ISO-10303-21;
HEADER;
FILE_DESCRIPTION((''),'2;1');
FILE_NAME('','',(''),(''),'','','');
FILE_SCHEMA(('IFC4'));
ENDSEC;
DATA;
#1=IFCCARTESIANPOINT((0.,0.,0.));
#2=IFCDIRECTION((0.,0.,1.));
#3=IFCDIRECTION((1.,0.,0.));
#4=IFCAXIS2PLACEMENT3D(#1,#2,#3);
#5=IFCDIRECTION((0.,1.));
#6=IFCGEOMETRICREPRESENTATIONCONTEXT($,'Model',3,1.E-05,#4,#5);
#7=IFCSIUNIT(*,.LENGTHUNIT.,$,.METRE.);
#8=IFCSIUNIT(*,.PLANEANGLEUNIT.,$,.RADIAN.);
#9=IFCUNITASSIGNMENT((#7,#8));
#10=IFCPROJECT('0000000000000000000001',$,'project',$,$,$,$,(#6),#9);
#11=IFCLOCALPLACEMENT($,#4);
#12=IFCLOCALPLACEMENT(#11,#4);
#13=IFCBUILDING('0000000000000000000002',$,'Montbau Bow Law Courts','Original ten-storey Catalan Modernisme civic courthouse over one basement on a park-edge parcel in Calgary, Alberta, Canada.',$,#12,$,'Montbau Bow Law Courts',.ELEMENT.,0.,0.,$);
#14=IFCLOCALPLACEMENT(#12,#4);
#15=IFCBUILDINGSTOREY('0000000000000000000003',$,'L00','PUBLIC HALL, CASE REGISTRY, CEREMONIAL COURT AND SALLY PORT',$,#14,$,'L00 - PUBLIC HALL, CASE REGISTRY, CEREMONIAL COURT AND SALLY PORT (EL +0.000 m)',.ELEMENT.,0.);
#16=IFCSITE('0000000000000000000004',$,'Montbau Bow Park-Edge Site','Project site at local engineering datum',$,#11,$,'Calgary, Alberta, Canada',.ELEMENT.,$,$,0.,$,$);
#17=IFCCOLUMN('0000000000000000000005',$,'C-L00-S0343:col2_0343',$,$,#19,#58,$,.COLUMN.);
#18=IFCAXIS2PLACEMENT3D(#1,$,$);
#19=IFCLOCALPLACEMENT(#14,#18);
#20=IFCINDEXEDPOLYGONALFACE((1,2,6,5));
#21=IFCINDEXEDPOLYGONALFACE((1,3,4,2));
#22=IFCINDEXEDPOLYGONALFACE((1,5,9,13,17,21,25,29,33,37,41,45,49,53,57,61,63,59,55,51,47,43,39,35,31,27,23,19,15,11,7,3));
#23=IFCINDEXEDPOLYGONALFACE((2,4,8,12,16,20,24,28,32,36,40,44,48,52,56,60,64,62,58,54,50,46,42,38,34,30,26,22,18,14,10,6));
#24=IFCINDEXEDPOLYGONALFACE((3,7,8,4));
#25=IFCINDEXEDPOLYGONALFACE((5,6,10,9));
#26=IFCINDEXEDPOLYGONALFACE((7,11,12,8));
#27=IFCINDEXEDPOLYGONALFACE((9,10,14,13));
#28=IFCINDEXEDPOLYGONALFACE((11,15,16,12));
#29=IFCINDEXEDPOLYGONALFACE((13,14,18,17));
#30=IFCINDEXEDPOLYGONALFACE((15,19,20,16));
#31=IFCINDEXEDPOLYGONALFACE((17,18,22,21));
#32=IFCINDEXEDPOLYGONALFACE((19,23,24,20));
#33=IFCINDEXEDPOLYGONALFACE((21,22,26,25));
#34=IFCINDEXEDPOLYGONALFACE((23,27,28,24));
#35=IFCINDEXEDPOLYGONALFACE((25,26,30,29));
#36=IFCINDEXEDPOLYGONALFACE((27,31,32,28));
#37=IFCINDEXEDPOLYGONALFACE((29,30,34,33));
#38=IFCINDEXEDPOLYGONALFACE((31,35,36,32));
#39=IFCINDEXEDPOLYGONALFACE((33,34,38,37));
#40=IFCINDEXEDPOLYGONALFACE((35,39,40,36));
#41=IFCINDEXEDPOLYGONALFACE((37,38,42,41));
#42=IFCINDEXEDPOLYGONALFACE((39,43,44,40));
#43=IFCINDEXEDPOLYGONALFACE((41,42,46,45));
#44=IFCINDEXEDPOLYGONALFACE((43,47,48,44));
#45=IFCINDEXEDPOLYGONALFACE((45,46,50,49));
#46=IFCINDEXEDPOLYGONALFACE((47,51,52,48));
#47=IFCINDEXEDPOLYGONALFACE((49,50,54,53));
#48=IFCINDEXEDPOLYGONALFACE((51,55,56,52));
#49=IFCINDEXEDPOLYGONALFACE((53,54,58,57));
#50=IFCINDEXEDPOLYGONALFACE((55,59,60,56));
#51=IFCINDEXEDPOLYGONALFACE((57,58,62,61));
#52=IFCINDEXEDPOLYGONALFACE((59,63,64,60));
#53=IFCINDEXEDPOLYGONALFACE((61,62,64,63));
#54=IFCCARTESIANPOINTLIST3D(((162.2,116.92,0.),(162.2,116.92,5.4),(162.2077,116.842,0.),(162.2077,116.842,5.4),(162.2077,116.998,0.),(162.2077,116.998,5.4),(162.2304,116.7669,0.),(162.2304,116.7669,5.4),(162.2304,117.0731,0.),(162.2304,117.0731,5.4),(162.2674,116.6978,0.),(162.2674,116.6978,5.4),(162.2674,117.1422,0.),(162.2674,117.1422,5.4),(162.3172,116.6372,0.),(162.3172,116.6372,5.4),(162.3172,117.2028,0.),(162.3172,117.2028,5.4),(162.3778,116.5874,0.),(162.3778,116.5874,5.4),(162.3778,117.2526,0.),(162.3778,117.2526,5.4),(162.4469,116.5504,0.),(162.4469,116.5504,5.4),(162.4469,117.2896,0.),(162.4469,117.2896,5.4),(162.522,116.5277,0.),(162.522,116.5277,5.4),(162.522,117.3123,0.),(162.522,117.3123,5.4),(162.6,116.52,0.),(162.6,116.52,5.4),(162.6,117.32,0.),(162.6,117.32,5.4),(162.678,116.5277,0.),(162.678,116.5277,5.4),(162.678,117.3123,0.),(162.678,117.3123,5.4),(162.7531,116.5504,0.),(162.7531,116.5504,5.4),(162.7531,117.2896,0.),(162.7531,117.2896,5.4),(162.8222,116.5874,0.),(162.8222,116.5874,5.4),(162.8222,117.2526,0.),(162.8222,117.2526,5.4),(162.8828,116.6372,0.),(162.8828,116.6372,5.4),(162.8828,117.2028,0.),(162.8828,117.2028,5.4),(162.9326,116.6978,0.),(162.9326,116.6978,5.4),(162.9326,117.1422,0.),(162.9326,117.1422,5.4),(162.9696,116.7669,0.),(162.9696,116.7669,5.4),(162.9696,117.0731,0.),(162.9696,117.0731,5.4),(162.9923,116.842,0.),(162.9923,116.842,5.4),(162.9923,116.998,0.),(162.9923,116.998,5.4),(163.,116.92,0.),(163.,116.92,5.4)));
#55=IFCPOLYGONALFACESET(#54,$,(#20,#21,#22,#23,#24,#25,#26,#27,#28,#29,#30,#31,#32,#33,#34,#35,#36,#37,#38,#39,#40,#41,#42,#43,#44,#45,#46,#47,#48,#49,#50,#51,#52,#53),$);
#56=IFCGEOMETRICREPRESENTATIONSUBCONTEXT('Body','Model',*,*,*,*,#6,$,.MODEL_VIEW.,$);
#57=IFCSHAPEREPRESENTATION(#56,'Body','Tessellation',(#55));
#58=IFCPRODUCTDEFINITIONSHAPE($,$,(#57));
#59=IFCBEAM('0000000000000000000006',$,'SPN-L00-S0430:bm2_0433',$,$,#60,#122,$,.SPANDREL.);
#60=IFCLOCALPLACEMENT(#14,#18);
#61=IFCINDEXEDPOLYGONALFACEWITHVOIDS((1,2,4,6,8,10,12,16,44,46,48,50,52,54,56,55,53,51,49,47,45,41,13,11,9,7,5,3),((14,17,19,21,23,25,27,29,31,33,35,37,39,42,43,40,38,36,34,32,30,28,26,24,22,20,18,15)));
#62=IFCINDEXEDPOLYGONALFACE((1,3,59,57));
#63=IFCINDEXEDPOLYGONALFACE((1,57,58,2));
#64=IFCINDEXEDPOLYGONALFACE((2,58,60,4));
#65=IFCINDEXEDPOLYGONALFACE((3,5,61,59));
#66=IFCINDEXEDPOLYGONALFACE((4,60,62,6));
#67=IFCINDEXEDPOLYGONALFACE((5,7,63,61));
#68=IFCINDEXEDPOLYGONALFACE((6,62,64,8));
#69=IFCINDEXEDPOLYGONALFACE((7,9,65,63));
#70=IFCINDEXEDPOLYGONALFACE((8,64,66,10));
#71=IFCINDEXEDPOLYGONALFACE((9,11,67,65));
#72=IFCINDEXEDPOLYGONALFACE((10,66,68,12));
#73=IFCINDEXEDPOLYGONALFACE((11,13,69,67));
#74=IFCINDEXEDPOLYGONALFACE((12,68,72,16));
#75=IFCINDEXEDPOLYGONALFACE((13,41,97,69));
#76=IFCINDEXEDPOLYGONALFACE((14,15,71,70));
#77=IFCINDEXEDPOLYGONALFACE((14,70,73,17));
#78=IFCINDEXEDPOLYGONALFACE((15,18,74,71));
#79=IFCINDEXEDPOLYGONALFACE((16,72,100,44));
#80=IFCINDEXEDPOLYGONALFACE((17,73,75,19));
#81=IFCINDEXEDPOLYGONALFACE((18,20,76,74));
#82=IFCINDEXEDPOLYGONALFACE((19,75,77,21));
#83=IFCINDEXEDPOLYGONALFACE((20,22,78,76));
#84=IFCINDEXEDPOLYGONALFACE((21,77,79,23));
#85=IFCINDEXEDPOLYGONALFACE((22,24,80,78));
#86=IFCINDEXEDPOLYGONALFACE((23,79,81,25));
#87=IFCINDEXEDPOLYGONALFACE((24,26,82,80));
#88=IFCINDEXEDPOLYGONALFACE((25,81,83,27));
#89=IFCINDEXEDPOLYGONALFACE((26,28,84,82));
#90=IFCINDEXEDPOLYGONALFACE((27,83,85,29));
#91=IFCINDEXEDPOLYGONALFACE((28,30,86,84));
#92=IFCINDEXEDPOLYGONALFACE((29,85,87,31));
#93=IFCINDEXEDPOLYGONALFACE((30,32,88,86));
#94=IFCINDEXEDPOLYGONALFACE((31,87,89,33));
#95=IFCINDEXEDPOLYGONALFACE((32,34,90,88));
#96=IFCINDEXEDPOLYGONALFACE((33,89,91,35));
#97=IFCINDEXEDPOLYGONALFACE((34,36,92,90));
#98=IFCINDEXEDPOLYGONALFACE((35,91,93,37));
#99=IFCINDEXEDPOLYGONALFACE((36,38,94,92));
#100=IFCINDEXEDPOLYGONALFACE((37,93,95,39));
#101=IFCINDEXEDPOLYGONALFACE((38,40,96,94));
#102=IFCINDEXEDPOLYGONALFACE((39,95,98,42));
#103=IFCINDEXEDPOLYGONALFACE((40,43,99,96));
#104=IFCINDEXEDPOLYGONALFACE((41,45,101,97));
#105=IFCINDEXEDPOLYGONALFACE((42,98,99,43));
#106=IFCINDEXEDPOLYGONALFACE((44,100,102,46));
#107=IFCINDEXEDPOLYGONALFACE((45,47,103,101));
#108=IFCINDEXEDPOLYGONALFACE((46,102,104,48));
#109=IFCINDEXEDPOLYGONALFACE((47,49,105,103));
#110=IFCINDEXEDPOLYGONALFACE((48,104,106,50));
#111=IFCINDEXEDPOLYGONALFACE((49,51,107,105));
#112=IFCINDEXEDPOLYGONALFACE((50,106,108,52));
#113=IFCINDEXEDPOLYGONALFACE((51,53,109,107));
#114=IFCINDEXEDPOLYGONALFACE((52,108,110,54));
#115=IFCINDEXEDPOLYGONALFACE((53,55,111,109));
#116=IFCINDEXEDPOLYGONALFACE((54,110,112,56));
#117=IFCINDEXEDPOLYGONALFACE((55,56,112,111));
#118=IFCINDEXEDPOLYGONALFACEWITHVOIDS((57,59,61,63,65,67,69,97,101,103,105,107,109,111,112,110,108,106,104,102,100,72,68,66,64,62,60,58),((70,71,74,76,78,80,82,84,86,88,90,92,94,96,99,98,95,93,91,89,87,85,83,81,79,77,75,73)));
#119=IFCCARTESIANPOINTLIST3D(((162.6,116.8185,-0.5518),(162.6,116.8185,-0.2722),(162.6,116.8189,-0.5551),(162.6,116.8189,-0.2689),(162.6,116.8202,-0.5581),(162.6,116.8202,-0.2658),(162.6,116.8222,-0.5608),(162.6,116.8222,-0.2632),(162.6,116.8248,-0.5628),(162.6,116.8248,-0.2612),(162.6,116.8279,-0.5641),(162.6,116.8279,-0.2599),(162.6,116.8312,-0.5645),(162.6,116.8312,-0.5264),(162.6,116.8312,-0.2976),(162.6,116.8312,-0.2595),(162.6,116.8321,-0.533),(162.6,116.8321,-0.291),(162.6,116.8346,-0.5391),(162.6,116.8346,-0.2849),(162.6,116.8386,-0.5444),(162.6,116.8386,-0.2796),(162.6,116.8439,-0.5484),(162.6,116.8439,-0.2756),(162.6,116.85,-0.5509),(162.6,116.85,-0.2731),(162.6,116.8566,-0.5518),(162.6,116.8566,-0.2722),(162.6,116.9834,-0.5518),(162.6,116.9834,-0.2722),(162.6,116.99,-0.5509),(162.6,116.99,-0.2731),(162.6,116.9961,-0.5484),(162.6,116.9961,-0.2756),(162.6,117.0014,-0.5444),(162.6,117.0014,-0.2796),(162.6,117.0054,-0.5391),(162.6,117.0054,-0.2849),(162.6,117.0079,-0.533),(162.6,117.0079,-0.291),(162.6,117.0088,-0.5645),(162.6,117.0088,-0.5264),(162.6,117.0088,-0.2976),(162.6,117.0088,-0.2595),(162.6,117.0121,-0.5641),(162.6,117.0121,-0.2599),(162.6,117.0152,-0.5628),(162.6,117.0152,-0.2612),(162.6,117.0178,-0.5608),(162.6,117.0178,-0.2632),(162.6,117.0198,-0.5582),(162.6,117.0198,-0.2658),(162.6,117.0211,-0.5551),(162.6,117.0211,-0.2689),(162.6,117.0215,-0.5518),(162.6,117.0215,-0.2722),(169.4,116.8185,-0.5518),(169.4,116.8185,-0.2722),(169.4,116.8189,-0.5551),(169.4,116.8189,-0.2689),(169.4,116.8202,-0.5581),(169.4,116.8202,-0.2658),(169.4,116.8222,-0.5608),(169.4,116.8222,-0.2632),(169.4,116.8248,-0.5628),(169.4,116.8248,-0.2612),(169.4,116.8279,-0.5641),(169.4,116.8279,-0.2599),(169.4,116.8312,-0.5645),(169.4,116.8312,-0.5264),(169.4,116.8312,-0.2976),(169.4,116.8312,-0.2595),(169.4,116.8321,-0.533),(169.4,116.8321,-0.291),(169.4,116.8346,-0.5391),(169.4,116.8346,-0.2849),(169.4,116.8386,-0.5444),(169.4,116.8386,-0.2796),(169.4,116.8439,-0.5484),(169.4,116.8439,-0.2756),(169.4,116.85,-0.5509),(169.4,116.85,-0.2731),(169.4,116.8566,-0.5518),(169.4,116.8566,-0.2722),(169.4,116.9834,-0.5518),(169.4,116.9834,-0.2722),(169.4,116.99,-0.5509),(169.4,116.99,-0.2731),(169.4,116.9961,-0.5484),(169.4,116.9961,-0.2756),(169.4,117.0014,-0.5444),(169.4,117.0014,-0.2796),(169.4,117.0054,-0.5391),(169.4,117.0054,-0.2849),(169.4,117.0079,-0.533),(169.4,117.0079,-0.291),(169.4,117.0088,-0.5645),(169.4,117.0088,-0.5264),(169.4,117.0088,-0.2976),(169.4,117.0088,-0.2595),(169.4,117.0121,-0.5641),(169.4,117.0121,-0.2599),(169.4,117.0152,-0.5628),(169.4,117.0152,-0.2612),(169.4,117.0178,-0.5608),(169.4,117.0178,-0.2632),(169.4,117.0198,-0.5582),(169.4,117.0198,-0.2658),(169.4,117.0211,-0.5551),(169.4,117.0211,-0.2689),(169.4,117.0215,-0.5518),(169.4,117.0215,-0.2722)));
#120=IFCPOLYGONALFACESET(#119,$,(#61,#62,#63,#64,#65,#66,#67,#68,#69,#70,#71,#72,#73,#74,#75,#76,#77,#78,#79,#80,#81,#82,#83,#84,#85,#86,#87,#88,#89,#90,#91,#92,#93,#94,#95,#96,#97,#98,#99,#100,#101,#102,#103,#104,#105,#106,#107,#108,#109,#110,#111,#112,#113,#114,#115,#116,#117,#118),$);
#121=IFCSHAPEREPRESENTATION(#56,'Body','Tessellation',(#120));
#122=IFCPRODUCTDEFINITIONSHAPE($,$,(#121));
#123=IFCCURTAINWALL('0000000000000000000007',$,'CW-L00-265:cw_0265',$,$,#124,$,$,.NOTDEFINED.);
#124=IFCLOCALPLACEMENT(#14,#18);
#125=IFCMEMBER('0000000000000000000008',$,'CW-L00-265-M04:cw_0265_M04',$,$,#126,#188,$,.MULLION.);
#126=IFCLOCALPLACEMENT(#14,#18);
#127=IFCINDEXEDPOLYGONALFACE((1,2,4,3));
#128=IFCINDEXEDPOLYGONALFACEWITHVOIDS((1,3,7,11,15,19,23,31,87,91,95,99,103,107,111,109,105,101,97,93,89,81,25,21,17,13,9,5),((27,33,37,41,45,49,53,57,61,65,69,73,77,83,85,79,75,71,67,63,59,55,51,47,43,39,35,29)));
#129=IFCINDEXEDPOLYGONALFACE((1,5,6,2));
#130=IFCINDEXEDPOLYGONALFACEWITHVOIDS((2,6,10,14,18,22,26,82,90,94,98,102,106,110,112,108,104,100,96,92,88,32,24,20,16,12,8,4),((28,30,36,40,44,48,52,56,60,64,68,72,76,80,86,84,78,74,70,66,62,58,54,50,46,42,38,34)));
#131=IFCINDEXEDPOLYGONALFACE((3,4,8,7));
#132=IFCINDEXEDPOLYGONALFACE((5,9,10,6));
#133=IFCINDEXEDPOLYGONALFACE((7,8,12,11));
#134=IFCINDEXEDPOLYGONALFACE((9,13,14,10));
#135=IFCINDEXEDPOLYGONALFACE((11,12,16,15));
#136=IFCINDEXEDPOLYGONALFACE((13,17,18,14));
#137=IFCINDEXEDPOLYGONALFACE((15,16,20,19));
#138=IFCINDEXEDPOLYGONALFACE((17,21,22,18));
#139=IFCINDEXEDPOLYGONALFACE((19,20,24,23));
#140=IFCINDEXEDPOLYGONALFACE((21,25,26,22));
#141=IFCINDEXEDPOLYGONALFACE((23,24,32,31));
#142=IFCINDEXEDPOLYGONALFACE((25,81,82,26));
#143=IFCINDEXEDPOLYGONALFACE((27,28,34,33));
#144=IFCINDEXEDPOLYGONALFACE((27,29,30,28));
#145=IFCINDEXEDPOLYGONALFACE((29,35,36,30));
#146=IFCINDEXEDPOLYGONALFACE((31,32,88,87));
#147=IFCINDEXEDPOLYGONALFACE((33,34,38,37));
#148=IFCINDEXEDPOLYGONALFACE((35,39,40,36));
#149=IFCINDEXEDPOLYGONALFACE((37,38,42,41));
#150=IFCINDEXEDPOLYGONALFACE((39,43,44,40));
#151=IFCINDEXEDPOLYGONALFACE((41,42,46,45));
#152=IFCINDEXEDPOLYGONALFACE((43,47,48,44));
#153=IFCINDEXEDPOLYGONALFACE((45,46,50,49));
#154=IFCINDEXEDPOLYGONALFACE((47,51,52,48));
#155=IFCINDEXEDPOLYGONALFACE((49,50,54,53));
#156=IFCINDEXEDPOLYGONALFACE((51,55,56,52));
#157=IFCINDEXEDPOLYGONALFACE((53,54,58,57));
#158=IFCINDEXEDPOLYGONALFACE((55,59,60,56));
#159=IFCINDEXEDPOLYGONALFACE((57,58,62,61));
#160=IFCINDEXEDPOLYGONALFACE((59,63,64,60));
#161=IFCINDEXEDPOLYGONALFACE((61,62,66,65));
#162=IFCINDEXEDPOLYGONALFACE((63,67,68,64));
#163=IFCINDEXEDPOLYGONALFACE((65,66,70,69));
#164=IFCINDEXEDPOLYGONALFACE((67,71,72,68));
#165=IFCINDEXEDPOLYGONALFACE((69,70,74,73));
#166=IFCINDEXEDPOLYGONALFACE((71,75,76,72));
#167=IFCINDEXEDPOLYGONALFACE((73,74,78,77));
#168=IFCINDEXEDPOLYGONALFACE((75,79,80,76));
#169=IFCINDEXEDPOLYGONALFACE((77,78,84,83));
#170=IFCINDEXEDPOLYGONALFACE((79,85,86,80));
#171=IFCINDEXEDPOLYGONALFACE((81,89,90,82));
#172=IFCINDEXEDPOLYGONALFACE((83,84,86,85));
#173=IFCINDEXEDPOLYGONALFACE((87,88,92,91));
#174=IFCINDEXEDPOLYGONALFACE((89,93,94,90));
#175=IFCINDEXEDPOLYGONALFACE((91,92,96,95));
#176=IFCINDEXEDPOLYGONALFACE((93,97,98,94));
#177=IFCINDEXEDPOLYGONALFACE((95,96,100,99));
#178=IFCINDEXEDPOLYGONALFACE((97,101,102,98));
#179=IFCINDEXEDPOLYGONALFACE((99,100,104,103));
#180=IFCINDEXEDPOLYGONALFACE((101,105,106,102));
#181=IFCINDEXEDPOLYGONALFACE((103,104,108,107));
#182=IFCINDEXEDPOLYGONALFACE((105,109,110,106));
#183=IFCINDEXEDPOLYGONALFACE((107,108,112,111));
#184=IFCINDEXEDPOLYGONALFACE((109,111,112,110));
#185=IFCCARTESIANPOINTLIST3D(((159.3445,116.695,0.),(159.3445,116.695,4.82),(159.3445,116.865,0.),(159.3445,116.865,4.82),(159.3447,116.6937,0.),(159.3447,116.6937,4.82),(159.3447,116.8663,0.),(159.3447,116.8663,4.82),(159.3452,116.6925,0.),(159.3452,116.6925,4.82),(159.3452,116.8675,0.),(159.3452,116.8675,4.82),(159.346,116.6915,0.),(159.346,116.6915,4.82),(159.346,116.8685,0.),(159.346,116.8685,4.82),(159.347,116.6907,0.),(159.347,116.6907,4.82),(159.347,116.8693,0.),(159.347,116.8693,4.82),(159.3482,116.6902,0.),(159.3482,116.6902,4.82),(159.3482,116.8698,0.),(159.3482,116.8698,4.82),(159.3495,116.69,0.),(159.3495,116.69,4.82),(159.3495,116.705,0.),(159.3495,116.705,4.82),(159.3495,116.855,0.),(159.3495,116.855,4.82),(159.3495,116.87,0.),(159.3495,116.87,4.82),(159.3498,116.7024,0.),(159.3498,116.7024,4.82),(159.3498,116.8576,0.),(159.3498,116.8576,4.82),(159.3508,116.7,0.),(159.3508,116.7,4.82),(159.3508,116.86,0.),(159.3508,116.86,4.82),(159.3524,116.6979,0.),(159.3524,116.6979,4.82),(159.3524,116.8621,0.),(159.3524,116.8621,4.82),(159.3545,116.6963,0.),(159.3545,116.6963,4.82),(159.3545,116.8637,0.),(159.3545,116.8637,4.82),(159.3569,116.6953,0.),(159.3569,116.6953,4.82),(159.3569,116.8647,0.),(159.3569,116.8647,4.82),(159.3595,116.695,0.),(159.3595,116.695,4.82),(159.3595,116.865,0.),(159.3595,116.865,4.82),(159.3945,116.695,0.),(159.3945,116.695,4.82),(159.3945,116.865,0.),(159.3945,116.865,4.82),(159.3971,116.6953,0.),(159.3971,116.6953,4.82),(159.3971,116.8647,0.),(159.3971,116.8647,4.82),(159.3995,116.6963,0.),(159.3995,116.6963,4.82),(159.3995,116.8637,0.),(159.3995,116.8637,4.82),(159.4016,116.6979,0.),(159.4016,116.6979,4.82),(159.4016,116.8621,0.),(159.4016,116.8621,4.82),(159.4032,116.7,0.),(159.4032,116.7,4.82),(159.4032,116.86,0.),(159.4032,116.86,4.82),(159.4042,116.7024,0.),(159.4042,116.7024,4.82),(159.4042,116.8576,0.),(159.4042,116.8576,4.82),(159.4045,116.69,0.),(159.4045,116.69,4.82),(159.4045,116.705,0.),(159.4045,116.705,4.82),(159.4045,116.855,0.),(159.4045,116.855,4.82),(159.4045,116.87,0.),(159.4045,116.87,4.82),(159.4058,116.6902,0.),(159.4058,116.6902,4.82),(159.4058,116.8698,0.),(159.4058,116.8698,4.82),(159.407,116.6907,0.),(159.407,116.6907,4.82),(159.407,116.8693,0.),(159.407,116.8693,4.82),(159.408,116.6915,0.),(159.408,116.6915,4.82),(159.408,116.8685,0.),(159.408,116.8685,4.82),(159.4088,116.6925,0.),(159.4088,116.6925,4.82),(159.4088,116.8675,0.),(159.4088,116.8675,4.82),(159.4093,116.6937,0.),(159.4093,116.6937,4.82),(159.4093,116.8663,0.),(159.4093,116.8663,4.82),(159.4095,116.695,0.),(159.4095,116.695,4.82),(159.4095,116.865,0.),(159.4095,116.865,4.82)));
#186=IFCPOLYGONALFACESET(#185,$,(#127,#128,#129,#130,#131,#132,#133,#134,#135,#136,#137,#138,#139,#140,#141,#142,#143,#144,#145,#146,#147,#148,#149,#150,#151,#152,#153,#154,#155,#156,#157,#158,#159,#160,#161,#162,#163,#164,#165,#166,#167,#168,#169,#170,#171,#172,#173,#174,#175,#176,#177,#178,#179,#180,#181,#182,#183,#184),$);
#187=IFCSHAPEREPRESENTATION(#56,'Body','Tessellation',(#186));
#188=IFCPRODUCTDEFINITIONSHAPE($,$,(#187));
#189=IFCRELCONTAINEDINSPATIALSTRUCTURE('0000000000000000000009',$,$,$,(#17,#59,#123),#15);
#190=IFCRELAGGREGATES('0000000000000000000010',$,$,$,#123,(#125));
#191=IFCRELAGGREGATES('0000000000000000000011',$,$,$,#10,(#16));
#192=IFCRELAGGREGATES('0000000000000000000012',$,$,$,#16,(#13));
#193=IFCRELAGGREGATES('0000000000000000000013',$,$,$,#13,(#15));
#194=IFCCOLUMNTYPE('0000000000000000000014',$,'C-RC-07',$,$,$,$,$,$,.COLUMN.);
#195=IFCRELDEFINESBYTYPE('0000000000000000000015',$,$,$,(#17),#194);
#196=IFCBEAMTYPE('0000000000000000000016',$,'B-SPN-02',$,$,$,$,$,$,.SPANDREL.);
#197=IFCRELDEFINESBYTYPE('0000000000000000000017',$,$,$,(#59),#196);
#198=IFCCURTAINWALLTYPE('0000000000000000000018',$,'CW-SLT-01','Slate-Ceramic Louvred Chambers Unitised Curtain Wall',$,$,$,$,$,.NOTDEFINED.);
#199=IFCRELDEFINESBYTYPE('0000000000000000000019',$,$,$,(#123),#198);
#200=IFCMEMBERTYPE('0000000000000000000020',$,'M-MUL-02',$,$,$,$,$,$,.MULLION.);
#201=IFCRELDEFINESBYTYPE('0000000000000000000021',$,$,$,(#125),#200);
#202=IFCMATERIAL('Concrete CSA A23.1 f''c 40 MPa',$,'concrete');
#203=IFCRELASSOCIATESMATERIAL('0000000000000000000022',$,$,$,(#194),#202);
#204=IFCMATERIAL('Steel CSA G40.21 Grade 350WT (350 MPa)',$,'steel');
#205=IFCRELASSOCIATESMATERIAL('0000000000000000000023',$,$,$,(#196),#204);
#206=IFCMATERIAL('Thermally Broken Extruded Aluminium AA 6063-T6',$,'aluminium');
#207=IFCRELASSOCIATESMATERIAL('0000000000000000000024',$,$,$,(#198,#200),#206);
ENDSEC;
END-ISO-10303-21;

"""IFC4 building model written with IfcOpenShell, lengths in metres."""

from ifc_helpers import new_model, si_unit, direction, frame, origin_with_axes, origin_2d_with_axis, place, context, subcontext, project, spatial, hollow_rectangle, circle, extrude, material, material_profile, profile_set, type_object, element, aggregate, save


model = new_model("IFC4")

# Units and contexts
model_context = context("Model", 3, precision=1e-05, world=origin_with_axes(), true_north=direction((0.0, 1.0)))
body_context = subcontext(model_context, "Body", "Model", "MODEL_VIEW")
ifc_project = project(units=[si_unit("LENGTHUNIT", "METRE"), si_unit("PLANEANGLEUNIT", "RADIAN")], contexts=[model_context])

# Site, building, storey
site_placement = place(None, origin_with_axes())
site = spatial("IfcSite", under=ifc_project, at=site_placement, Name="Montbau Bow Park-Edge Site", Description="Project site at local engineering datum", LongName="Calgary, Alberta, Canada", CompositionType="ELEMENT", RefElevation=0.0)
building_placement = place(site_placement, origin_with_axes())
building = spatial("IfcBuilding", under=site, at=building_placement, Name="Montbau Bow Law Courts", Description="Original ten-storey Catalan Modernisme civic courthouse over one basement on a park-edge parcel in Calgary, Alberta, Canada.", LongName="Montbau Bow Law Courts", CompositionType="ELEMENT", ElevationOfRefHeight=0.0, ElevationOfTerrain=0.0)
storey_placement = place(building_placement, origin_with_axes())
storey = spatial("IfcBuildingStorey", under=building, at=storey_placement, Name="L00", Description="PUBLIC HALL, CASE REGISTRY, CEREMONIAL COURT AND SALLY PORT", LongName="L00 - PUBLIC HALL, CASE REGISTRY, CEREMONIAL COURT AND SALLY PORT (EL +0.000 m)", CompositionType="ELEMENT", Elevation=0.0)

# Column
ifc_material_1 = material(Name="Concrete CSA A23.1 f'c 40 MPa", Category="concrete")
ifc_material_profile_1 = material_profile(ifc_material_1, circle(Radius=0.4, at=origin_2d_with_axis()), Name="RC800D", Category="Main", Priority=0)
ifc_profile_set_1 = profile_set([ifc_material_profile_1], Name="Concrete CSA A23.1 f'c 40 MPa")
column_type = type_object("IfcColumnType", Name="C-RC-07", PredefinedType="COLUMN", material=ifc_profile_set_1)
column_placement = place(None, frame((162.6, 116.92, 0.0), z_axis=(0.0, 0.0, 1.0), x_axis=(1.0, 0.0, 0.0)))
element("IfcColumn", 1, at=column_placement, inside=storey, type_object=column_type, Name="C-L00-S0343:col2_0343", PredefinedType="COLUMN", context=body_context, shape_type="SweptSolid", body=[
    extrude(circle(Radius=0.4, at=origin_2d_with_axis()), origin_with_axes(), (0.0, 0.0, 1.0), 5.4),
])

# Beam
ifc_material_2 = material(Name="Steel CSA G40.21 Grade 350WT (350 MPa)", Category="steel")
ifc_material_profile_2 = material_profile(ifc_material_2, hollow_rectangle(XDim=0.203, YDim=0.305, WallThickness=0.0127, InnerFilletRadius=0.0254, OuterFilletRadius=0.0127, at=origin_2d_with_axis()), Name="HSS305X203X13", Category="Main", Priority=0)
ifc_profile_set_2 = profile_set([ifc_material_profile_2], Name="Steel CSA G40.21 Grade 350WT (350 MPa)")
beam_type = type_object("IfcBeamType", Name="B-SPN-02", PredefinedType="SPANDREL", material=ifc_profile_set_2)
beam_placement = place(None, frame((162.6, 116.92, -0.412), z_axis=(1.0, 0.0, 0.0), x_axis=(0.0, 1.0, 0.0)))
element("IfcBeam", 2, at=beam_placement, inside=storey, type_object=beam_type, Name="SPN-L00-S0430:bm2_0433", PredefinedType="SPANDREL", context=body_context, shape_type="SweptSolid", body=[
    extrude(hollow_rectangle(XDim=0.203, YDim=0.305, WallThickness=0.0127, InnerFilletRadius=0.0254, OuterFilletRadius=0.0127, at=origin_2d_with_axis()), origin_with_axes(), (0.0, 0.0, 1.0), 6.8),
])

# Curtain wall, member
ifc_material_3 = material(Name="Thermally Broken Extruded Aluminium AA 6063-T6", Category="aluminium")
curtain_wall_type = type_object("IfcCurtainWallType", Name="CW-SLT-01", Description="Slate-Ceramic Louvred Chambers Unitised Curtain Wall", PredefinedType="NOTDEFINED", material=ifc_material_3)
curtain_wall_1_placement = place(None, frame((155.315, 116.78, 0.0), z_axis=(0.0, 0.0, 1.0), x_axis=(1.0, 0.0, 0.0)))
curtain_wall_1 = element("IfcCurtainWall", 3, at=curtain_wall_1_placement, inside=storey, type_object=curtain_wall_type, Name="CW-L00-265:cw_0265", PredefinedType="NOTDEFINED")
ifc_material_profile_3 = material_profile(ifc_material_3, hollow_rectangle(XDim=0.065, YDim=0.18, WallThickness=0.005, InnerFilletRadius=0.01, OuterFilletRadius=0.005, at=origin_2d_with_axis()), Name="CWM-180X65", Category="Main", Priority=0)
ifc_profile_set_3 = profile_set([ifc_material_profile_3], Name="Thermally Broken Extruded Aluminium AA 6063-T6")
member_type_1 = type_object("IfcMemberType", Name="M-MUL-02", PredefinedType="MULLION", material=ifc_profile_set_3)
member_1_placement = place(None, frame((159.377, 116.78, 0.0), z_axis=(0.0, 0.0, 1.0), x_axis=(1.0, 0.0, 0.0)))
member_1 = element("IfcMember", 4, at=member_1_placement, type_object=member_type_1, Name="CW-L00-265-M04:cw_0265_M04", PredefinedType="MULLION", context=body_context, shape_type="SweptSolid", body=[
    extrude(hollow_rectangle(XDim=0.065, YDim=0.18, WallThickness=0.005, InnerFilletRadius=0.01, OuterFilletRadius=0.005, at=origin_2d_with_axis()), origin_with_axes(), (0.0, 0.0, 1.0), 4.82),
])

aggregate(curtain_wall_1, [member_1])

save(model, "model.ifc")
